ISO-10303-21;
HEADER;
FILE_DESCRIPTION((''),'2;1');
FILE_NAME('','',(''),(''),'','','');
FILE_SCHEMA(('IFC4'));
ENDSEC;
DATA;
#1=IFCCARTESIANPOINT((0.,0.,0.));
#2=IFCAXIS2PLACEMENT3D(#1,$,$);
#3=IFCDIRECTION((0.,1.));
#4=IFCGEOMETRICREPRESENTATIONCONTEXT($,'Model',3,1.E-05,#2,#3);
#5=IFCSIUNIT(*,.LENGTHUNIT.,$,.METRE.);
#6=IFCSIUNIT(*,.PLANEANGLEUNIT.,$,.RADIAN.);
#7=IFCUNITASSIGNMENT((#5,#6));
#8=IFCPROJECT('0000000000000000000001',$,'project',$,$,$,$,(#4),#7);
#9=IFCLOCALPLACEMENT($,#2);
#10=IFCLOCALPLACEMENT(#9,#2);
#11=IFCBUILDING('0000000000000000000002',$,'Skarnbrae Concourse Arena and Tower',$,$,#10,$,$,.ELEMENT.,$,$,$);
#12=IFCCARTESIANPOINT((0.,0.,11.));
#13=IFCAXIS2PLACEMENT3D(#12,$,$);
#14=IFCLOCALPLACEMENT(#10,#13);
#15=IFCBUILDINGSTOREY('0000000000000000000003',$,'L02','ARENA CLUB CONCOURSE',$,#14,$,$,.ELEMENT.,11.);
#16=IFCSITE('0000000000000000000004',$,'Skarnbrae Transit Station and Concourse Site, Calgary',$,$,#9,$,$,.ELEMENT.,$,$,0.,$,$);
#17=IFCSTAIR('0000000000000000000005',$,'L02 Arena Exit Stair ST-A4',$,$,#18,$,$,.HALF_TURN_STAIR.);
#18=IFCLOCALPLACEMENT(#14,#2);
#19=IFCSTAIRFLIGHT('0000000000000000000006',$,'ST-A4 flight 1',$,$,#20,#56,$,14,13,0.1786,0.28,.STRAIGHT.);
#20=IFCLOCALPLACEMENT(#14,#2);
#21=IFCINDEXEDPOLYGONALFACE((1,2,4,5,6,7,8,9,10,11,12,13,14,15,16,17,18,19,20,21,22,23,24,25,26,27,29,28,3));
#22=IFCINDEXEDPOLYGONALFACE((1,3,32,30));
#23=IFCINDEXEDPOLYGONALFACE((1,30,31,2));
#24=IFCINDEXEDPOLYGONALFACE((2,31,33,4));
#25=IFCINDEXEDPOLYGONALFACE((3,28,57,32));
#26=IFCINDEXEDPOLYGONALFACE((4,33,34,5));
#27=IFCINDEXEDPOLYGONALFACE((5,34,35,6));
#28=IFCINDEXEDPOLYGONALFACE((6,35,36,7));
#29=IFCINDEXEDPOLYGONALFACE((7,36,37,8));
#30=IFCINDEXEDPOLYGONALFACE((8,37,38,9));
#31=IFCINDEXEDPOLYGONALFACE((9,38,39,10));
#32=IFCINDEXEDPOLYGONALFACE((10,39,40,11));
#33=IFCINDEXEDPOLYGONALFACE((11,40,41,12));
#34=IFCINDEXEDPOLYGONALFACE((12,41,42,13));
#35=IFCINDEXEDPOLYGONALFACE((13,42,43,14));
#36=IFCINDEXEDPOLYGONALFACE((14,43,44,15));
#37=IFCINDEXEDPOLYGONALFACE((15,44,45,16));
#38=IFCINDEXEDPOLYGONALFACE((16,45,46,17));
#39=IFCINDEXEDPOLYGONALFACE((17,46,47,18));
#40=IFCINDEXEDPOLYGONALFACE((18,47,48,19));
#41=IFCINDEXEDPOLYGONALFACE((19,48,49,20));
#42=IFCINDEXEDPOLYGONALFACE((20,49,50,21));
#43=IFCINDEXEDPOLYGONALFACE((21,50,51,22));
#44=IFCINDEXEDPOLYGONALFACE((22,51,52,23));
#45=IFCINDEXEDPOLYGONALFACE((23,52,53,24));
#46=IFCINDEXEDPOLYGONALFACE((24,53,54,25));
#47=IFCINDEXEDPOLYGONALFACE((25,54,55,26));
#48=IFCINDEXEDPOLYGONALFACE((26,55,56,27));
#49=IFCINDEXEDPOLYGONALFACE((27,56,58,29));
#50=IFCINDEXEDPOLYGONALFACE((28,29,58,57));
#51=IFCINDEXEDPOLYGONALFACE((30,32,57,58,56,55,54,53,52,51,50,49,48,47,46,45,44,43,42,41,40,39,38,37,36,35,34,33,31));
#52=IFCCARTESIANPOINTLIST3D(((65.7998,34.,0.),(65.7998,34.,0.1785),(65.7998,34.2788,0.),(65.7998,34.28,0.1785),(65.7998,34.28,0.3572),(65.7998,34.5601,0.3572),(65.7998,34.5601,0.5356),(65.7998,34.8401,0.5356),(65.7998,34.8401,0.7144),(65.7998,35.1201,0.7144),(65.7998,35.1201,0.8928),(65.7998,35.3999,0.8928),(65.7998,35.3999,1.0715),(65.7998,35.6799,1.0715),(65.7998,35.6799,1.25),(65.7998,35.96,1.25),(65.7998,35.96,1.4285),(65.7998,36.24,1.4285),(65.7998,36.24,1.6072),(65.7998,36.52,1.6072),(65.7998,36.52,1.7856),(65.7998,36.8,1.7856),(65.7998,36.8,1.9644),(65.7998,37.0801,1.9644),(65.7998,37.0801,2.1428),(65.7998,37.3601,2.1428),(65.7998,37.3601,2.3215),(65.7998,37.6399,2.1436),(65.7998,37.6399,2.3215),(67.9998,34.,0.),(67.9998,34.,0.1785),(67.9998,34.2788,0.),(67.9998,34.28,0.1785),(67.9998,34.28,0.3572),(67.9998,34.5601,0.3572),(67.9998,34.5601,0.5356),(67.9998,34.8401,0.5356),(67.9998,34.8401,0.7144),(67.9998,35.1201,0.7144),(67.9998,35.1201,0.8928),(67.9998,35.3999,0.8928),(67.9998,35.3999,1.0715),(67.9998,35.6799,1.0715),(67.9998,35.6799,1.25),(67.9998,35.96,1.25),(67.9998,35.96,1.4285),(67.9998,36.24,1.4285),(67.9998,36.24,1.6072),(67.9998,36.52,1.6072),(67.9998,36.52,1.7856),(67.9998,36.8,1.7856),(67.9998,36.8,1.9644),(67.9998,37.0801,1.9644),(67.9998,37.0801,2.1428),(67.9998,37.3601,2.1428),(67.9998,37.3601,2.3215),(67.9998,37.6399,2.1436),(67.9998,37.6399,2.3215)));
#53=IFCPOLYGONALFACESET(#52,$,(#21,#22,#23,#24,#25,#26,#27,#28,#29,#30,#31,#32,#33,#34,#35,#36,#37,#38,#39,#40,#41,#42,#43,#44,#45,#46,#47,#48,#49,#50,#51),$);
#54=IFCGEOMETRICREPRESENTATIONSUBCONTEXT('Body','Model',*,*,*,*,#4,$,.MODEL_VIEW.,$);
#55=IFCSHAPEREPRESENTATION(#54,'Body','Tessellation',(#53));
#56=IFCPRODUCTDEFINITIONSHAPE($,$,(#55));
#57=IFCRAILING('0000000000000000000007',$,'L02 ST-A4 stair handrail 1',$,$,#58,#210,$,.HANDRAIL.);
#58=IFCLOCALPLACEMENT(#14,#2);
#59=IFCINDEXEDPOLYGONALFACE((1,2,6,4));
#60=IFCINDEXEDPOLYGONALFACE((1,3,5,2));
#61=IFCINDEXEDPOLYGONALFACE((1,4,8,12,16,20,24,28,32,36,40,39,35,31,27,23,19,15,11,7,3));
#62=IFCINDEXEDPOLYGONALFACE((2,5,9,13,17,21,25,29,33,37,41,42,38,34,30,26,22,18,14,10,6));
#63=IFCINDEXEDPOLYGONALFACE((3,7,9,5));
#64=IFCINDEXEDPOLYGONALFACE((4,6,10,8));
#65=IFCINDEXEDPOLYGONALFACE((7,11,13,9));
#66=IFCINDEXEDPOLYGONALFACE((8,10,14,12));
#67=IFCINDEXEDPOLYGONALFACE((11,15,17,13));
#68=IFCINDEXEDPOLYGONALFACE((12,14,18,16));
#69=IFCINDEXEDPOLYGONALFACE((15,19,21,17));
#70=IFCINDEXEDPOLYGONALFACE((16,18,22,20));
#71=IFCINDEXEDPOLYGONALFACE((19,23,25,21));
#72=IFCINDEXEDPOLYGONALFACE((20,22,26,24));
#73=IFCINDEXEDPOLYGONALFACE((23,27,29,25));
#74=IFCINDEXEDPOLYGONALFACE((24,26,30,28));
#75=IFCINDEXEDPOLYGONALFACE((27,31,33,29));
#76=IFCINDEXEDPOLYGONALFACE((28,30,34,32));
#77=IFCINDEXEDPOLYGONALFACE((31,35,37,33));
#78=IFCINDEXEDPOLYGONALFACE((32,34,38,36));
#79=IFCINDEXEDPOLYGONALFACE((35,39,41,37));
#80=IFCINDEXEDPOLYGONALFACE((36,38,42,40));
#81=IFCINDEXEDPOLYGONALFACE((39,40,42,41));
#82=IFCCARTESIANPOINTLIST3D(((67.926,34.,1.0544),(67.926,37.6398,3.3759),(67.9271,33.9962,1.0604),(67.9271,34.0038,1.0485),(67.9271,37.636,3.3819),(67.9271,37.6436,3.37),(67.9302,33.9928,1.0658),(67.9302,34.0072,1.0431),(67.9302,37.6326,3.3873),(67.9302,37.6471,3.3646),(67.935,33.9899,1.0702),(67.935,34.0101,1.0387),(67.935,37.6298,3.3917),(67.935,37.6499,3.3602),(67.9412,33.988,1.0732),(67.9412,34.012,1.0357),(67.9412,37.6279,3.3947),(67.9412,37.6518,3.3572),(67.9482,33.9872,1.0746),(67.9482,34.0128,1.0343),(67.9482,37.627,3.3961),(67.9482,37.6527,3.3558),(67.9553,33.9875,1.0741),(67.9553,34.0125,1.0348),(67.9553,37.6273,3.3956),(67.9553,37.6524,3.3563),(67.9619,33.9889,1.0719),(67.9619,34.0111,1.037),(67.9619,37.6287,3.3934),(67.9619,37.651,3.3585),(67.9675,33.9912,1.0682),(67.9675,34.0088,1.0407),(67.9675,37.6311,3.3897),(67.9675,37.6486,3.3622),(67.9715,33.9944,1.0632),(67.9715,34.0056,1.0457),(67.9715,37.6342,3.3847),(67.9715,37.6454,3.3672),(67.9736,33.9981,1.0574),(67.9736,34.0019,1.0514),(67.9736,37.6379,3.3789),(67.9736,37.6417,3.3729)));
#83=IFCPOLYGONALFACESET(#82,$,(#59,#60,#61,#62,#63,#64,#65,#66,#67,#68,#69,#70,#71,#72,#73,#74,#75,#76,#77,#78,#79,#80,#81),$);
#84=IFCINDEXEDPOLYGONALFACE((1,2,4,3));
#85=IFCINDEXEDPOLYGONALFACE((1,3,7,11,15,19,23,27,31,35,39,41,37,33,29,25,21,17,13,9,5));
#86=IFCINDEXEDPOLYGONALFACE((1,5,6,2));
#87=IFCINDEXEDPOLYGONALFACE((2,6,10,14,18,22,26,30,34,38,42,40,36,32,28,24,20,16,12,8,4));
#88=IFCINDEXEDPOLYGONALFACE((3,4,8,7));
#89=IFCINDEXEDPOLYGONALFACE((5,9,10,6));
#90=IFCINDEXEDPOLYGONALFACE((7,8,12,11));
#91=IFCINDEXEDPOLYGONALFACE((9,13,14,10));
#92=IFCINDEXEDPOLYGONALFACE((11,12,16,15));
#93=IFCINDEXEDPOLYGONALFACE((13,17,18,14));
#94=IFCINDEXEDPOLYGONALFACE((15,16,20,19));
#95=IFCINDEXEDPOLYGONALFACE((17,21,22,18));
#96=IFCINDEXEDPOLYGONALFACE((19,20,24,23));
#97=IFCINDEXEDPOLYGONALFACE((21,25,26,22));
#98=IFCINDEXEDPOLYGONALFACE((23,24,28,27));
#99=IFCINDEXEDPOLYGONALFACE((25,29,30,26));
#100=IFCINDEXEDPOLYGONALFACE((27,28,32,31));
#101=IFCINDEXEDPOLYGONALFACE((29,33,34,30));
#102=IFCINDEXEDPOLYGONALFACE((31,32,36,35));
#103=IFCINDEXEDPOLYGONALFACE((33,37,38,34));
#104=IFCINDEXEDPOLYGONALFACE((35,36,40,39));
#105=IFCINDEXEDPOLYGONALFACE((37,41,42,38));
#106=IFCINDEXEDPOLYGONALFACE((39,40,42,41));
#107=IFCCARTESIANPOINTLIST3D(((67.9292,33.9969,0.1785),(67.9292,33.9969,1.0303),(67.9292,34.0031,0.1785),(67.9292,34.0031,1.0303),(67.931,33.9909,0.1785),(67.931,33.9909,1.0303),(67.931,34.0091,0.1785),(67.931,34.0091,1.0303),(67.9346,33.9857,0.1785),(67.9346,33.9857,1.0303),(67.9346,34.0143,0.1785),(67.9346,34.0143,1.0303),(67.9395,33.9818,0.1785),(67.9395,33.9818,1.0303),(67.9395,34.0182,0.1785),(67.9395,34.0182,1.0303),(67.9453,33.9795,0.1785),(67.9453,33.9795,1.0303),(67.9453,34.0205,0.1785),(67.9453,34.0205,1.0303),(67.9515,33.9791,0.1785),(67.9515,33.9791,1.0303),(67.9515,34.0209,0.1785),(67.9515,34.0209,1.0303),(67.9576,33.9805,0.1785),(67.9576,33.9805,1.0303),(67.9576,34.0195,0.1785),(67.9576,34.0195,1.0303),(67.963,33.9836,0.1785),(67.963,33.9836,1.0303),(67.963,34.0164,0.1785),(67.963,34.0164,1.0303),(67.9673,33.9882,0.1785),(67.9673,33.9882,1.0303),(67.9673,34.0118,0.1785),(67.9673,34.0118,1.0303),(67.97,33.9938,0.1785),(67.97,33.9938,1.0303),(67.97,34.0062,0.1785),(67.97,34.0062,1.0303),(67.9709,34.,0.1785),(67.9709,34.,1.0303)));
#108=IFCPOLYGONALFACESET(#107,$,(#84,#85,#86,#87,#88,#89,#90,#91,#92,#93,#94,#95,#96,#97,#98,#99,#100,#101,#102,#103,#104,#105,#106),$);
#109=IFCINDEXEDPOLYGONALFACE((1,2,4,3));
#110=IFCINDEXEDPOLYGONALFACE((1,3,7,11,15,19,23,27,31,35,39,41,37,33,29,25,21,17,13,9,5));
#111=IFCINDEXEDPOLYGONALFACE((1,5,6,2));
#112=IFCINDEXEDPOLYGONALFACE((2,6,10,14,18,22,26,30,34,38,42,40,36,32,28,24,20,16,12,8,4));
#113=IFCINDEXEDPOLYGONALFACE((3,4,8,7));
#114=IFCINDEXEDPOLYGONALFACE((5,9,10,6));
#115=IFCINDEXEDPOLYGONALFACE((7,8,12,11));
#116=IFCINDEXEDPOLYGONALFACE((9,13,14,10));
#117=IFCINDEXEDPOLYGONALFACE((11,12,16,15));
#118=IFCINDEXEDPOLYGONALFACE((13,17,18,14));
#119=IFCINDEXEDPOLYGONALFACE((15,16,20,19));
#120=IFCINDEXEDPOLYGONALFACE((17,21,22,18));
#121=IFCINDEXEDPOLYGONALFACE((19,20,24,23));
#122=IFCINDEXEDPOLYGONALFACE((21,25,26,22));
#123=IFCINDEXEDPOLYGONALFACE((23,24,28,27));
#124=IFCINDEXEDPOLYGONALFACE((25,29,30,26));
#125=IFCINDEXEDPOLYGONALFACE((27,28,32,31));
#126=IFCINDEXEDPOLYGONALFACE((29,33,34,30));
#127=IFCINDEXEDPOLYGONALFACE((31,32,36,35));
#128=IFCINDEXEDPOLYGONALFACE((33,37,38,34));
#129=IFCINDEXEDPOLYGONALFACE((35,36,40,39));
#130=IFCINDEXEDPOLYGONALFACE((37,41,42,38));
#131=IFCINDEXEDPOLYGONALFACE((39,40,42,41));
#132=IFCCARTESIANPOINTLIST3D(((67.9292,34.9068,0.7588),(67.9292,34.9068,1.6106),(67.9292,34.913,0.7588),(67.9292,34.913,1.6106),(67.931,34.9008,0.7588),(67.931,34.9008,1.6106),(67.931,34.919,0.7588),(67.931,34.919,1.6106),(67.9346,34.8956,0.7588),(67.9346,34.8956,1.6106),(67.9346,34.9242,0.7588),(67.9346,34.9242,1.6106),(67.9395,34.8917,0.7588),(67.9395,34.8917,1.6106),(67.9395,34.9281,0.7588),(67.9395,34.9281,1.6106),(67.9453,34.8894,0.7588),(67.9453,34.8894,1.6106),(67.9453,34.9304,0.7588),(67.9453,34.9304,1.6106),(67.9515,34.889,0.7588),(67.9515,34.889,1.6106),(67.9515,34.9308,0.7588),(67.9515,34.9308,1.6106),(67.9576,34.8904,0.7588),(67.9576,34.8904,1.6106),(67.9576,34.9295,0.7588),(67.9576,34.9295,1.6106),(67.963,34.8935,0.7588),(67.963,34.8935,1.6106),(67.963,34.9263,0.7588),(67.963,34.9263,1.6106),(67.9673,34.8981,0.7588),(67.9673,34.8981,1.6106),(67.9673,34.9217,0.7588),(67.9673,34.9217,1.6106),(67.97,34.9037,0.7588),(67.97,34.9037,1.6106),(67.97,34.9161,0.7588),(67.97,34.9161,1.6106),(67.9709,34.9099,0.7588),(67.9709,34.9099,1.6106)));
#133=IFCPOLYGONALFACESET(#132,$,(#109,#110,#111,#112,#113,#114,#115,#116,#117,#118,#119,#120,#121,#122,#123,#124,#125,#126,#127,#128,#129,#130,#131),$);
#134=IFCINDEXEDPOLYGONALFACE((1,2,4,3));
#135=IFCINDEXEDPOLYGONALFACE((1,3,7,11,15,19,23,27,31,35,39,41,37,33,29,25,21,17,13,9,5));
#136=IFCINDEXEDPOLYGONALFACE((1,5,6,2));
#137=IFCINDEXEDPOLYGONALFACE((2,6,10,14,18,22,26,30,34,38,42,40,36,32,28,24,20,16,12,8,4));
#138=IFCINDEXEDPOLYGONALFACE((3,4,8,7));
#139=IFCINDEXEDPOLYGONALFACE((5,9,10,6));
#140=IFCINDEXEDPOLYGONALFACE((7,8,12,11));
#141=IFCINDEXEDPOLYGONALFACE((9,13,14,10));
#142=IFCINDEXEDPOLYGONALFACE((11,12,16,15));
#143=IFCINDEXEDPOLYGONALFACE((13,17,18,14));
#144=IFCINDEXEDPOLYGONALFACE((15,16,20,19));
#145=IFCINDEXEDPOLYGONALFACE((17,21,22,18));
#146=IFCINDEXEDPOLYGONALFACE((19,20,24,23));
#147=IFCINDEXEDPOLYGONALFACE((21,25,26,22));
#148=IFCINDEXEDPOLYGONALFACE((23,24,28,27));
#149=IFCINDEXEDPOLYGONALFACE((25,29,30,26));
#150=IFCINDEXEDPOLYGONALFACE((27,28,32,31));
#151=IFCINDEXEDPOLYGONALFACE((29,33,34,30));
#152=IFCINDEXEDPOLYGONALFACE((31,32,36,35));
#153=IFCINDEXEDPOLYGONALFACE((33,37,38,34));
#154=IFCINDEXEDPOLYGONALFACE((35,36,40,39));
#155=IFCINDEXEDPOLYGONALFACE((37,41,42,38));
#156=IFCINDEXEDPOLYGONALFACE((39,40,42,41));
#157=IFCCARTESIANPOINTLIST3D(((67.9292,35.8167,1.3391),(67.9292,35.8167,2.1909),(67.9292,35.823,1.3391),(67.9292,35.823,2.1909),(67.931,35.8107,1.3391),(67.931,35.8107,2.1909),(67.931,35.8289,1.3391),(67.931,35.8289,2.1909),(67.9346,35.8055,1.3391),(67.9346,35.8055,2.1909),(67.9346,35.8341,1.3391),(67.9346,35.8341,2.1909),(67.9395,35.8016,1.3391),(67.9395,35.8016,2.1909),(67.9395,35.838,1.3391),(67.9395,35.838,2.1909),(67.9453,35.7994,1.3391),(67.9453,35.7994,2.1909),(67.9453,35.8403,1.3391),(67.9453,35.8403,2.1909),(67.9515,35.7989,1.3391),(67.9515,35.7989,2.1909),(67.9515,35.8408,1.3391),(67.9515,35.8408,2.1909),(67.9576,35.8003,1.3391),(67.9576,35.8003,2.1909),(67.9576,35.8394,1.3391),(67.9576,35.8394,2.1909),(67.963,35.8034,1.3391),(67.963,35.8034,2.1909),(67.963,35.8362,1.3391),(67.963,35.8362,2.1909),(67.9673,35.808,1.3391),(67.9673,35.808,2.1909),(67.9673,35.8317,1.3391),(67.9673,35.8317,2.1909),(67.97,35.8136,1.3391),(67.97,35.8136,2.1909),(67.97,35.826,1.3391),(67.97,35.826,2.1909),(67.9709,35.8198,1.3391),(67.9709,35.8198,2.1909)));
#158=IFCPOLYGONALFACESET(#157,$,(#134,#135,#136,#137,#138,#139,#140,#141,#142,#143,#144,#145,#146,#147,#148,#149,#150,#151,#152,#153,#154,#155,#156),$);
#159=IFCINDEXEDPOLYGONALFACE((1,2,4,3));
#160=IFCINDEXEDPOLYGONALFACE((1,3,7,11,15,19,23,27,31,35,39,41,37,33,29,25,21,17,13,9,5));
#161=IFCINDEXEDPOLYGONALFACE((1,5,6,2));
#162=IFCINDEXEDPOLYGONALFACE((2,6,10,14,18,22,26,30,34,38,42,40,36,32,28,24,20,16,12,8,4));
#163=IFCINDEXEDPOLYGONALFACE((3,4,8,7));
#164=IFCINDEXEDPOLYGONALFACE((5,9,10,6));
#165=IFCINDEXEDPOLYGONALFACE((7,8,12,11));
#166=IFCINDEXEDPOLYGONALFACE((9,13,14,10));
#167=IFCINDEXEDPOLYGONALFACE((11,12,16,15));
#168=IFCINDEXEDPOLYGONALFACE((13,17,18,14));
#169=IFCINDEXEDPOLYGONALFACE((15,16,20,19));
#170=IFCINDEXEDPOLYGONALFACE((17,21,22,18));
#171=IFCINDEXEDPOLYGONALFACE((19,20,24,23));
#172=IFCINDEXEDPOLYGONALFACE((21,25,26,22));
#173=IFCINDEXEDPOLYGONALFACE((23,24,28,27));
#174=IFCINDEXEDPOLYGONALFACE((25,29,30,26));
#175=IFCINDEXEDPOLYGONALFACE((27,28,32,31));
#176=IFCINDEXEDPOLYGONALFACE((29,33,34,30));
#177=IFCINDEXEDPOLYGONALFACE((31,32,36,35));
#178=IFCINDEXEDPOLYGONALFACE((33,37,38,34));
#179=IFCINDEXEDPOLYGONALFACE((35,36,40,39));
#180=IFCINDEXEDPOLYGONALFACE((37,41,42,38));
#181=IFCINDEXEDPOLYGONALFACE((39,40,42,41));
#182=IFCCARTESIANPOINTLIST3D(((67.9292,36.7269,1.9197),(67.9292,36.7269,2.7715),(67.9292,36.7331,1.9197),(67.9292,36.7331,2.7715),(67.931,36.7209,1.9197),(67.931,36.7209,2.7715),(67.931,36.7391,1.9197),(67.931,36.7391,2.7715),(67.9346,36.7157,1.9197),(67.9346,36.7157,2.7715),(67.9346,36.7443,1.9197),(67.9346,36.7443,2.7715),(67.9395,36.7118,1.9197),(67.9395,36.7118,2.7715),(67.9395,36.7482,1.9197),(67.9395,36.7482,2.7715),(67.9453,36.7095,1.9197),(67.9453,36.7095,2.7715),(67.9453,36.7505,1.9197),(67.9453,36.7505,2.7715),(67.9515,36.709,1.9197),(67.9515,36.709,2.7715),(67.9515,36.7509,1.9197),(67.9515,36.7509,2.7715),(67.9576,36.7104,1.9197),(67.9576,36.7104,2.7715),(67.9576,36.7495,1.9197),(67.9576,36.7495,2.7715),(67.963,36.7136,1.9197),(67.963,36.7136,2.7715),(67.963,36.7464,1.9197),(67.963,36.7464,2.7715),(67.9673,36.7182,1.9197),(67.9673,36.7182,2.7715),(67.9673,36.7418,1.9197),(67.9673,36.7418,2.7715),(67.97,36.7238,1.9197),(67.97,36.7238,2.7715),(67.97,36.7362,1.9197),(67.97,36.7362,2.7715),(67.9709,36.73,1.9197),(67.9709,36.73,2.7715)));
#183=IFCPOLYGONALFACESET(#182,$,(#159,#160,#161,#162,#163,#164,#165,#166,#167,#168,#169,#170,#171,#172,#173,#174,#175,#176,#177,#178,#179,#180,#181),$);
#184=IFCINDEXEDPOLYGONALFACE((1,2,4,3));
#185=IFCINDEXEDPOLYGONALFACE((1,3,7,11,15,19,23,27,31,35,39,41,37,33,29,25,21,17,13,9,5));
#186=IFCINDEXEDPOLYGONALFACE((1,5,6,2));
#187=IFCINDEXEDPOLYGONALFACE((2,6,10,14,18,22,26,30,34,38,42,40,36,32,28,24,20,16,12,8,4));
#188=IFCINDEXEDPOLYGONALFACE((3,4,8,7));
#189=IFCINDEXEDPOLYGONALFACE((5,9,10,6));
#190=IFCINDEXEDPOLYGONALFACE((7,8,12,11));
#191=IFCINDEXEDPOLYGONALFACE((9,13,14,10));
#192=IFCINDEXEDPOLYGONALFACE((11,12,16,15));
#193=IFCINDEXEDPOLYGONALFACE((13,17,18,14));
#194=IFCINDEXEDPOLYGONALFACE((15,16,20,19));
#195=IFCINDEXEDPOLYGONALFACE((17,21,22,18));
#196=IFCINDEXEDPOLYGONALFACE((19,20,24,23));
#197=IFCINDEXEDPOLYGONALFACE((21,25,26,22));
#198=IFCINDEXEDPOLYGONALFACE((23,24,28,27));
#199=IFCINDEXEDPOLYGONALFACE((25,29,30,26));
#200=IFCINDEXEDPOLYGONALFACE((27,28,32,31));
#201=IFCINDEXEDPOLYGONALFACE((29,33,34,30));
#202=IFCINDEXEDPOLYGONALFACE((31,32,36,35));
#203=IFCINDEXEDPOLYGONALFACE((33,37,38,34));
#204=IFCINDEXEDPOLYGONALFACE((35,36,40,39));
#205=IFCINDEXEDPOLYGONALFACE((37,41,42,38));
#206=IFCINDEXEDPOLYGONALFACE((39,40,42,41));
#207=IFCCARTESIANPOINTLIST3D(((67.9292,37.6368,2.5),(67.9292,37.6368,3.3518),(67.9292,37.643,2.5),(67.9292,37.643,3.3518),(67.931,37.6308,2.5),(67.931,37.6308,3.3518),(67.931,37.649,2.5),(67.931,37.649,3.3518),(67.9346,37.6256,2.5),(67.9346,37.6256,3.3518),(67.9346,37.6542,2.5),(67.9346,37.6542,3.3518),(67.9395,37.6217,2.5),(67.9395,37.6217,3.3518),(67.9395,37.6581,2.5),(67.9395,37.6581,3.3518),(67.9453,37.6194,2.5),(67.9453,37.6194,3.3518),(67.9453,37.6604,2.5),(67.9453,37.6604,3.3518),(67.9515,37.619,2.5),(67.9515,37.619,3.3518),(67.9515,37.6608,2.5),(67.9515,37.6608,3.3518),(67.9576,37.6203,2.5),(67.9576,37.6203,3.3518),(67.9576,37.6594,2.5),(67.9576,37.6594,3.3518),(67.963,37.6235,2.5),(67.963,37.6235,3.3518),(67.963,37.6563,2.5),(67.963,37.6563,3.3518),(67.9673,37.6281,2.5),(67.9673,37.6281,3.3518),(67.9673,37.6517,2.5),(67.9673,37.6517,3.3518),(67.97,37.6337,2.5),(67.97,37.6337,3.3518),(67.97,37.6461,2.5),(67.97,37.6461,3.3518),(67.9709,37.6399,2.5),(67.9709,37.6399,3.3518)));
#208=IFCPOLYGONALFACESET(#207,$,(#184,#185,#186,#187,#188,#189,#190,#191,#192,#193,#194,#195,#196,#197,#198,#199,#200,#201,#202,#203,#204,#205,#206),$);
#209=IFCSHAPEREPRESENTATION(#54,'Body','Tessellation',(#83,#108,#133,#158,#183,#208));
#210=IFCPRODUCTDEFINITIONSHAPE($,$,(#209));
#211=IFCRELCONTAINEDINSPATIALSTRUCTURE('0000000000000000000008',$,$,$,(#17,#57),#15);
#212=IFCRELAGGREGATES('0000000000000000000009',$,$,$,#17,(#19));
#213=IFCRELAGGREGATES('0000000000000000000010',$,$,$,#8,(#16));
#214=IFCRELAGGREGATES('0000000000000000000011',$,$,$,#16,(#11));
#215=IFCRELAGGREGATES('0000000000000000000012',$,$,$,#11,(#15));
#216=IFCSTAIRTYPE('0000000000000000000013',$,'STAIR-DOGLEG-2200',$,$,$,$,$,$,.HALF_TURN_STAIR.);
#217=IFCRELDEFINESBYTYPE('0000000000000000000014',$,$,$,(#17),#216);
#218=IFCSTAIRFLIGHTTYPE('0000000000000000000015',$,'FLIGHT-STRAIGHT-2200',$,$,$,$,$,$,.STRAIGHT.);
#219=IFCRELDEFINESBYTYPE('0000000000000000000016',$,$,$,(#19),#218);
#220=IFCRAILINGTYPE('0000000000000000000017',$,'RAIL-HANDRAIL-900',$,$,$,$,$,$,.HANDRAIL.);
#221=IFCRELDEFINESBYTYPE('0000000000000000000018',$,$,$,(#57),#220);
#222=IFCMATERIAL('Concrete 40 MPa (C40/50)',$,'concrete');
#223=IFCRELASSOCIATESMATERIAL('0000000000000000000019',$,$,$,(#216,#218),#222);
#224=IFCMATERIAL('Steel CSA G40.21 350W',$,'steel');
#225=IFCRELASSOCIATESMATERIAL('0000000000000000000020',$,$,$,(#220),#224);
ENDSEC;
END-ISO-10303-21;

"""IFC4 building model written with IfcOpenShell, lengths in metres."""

from ifc_helpers import new_model, si_unit, direction, frame, origin, origin_2d, place, context, subcontext, project, spatial, polyline, circle, outline, extrude, source, transform, mapped, material, type_object, element, aggregate, save


model = new_model("IFC4")

# Units and contexts
model_context = context("Model", 3, precision=1e-05, world=origin(), true_north=direction((0.0, 1.0)))
body_context = subcontext(model_context, "Body", "Model", "MODEL_VIEW")
ifc_project = project(units=[si_unit("LENGTHUNIT", "METRE"), si_unit("PLANEANGLEUNIT", "RADIAN")], contexts=[model_context])

# Site, building, storey
site_placement = place(None, origin())
site = spatial("IfcSite", under=ifc_project, at=site_placement, Name="Skarnbrae Transit Station and Concourse Site, Calgary", CompositionType="ELEMENT", RefElevation=0.0)
building_placement = place(site_placement, origin())
building = spatial("IfcBuilding", under=site, at=building_placement, Name="Skarnbrae Concourse Arena and Tower", CompositionType="ELEMENT")
storey_placement = place(building_placement, frame((0.0, 0.0, 11.0)))
storey = spatial("IfcBuildingStorey", under=building, at=storey_placement, Name="L02", Description="ARENA CLUB CONCOURSE", CompositionType="ELEMENT", Elevation=11.0)

# Shared definitions
ifc_material_1 = material(Name="Steel CSA G40.21 350W", Category="steel")

# Stair, stair flight
ifc_material_2 = material(Name="Concrete 40 MPa (C40/50)", Category="concrete")
stair_type = type_object("IfcStairType", Name="STAIR-DOGLEG-2200", PredefinedType="HALF_TURN_STAIR", material=ifc_material_2)
stair_placement = place(storey_placement, origin())
stair = element("IfcStair", 1, at=stair_placement, inside=storey, type_object=stair_type, Name="L02 Arena Exit Stair ST-A4", PredefinedType="HALF_TURN_STAIR")
stair_flight_type = type_object("IfcStairFlightType", Name="FLIGHT-STRAIGHT-2200", PredefinedType="STRAIGHT", material=ifc_material_2)
shared_shape_1 = source(origin(), body_context, "Body", "SweptSolid", [
    extrude(outline(polyline([(0.0, 0.0), (0.0, 0.1785), (0.28, 0.1785), (0.28, 0.3572), (0.5601, 0.3572), (0.5601, 0.5356), (0.8401, 0.5356), (0.8401, 0.7144), (1.1201, 0.7144), (1.1201, 0.8928), (1.3999, 0.8928), (1.3999, 1.0715), (1.6799, 1.0715), (1.6799, 1.25), (1.96, 1.25), (1.96, 1.4285), (2.24, 1.4285), (2.24, 1.6072), (2.52, 1.6072), (2.52, 1.7856), (2.8, 1.7856), (2.8, 1.9644), (3.0801, 1.9644), (3.0801, 2.1428), (3.3601, 2.1428), (3.3601, 2.3215), (3.6399, 2.3215), (3.6399, 2.5), (3.6399, 2.1436), (0.2788, 0.0), (0.0, 0.0)])), frame((0.0, 1.1001, 0.0), z_axis=(0.0, -1.0, 0.0), x_axis=(1.0, 0.0, 0.0)), (0.0, 0.0, 1.0), 2.2),
])
stair_flight_placement = place(storey_placement, frame((66.8999, 34.0, 0.0), z_axis=(0.0, 0.0, 1.0), x_axis=(0.0, 1.0, 0.0)))
stair_flight = element("IfcStairFlight", 2, at=stair_flight_placement, type_object=stair_flight_type, Name="ST-A4 flight 1", NumberOfRisers=14, NumberOfTreads=13, PredefinedType="STRAIGHT", RiserHeight=0.1786, TreadLength=0.28, context=body_context, shape_type="MappedRepresentation", body=[
    mapped(shared_shape_1, transform((0.0, 0.0, 0.0))),
])
aggregate(stair, [stair_flight])

# Railing
railing_type_1 = type_object("IfcRailingType", Name="RAIL-HANDRAIL-900", PredefinedType="HANDRAIL", material=ifc_material_1)
railing_1_placement = place(storey_placement, frame((67.95, 34.0, 0.1785)))
element("IfcRailing", 3, at=railing_1_placement, inside=storey, type_object=railing_type_1, Name="L02 ST-A4 stair handrail 1", PredefinedType="HANDRAIL", context=body_context, shape_type="SweptSolid", body=[
    extrude(circle(Radius=0.0239, at=origin_2d()), frame((0.0, 0.0, 0.876), z_axis=(0.0, 0.843112, 0.537739), x_axis=(-1.0, 0.0, 0.0)), (0.0, 0.0, 1.0), 4.3171),
    extrude(circle(Radius=0.021, at=origin_2d()), origin(), (0.0, 0.0, 1.0), 0.8518),
    extrude(circle(Radius=0.021, at=origin_2d()), frame((0.0, 0.9099, 0.5803)), (0.0, 0.0, 1.0), 0.8518),
    extrude(circle(Radius=0.021, at=origin_2d()), frame((0.0, 1.8198, 1.1606)), (0.0, 0.0, 1.0), 0.8518),
    extrude(circle(Radius=0.021, at=origin_2d()), frame((0.0, 2.73, 1.7412)), (0.0, 0.0, 1.0), 0.8518),
    extrude(circle(Radius=0.021, at=origin_2d()), frame((0.0, 3.6399, 2.3215)), (0.0, 0.0, 1.0), 0.8518),
])

save(model, "model.ifc")
